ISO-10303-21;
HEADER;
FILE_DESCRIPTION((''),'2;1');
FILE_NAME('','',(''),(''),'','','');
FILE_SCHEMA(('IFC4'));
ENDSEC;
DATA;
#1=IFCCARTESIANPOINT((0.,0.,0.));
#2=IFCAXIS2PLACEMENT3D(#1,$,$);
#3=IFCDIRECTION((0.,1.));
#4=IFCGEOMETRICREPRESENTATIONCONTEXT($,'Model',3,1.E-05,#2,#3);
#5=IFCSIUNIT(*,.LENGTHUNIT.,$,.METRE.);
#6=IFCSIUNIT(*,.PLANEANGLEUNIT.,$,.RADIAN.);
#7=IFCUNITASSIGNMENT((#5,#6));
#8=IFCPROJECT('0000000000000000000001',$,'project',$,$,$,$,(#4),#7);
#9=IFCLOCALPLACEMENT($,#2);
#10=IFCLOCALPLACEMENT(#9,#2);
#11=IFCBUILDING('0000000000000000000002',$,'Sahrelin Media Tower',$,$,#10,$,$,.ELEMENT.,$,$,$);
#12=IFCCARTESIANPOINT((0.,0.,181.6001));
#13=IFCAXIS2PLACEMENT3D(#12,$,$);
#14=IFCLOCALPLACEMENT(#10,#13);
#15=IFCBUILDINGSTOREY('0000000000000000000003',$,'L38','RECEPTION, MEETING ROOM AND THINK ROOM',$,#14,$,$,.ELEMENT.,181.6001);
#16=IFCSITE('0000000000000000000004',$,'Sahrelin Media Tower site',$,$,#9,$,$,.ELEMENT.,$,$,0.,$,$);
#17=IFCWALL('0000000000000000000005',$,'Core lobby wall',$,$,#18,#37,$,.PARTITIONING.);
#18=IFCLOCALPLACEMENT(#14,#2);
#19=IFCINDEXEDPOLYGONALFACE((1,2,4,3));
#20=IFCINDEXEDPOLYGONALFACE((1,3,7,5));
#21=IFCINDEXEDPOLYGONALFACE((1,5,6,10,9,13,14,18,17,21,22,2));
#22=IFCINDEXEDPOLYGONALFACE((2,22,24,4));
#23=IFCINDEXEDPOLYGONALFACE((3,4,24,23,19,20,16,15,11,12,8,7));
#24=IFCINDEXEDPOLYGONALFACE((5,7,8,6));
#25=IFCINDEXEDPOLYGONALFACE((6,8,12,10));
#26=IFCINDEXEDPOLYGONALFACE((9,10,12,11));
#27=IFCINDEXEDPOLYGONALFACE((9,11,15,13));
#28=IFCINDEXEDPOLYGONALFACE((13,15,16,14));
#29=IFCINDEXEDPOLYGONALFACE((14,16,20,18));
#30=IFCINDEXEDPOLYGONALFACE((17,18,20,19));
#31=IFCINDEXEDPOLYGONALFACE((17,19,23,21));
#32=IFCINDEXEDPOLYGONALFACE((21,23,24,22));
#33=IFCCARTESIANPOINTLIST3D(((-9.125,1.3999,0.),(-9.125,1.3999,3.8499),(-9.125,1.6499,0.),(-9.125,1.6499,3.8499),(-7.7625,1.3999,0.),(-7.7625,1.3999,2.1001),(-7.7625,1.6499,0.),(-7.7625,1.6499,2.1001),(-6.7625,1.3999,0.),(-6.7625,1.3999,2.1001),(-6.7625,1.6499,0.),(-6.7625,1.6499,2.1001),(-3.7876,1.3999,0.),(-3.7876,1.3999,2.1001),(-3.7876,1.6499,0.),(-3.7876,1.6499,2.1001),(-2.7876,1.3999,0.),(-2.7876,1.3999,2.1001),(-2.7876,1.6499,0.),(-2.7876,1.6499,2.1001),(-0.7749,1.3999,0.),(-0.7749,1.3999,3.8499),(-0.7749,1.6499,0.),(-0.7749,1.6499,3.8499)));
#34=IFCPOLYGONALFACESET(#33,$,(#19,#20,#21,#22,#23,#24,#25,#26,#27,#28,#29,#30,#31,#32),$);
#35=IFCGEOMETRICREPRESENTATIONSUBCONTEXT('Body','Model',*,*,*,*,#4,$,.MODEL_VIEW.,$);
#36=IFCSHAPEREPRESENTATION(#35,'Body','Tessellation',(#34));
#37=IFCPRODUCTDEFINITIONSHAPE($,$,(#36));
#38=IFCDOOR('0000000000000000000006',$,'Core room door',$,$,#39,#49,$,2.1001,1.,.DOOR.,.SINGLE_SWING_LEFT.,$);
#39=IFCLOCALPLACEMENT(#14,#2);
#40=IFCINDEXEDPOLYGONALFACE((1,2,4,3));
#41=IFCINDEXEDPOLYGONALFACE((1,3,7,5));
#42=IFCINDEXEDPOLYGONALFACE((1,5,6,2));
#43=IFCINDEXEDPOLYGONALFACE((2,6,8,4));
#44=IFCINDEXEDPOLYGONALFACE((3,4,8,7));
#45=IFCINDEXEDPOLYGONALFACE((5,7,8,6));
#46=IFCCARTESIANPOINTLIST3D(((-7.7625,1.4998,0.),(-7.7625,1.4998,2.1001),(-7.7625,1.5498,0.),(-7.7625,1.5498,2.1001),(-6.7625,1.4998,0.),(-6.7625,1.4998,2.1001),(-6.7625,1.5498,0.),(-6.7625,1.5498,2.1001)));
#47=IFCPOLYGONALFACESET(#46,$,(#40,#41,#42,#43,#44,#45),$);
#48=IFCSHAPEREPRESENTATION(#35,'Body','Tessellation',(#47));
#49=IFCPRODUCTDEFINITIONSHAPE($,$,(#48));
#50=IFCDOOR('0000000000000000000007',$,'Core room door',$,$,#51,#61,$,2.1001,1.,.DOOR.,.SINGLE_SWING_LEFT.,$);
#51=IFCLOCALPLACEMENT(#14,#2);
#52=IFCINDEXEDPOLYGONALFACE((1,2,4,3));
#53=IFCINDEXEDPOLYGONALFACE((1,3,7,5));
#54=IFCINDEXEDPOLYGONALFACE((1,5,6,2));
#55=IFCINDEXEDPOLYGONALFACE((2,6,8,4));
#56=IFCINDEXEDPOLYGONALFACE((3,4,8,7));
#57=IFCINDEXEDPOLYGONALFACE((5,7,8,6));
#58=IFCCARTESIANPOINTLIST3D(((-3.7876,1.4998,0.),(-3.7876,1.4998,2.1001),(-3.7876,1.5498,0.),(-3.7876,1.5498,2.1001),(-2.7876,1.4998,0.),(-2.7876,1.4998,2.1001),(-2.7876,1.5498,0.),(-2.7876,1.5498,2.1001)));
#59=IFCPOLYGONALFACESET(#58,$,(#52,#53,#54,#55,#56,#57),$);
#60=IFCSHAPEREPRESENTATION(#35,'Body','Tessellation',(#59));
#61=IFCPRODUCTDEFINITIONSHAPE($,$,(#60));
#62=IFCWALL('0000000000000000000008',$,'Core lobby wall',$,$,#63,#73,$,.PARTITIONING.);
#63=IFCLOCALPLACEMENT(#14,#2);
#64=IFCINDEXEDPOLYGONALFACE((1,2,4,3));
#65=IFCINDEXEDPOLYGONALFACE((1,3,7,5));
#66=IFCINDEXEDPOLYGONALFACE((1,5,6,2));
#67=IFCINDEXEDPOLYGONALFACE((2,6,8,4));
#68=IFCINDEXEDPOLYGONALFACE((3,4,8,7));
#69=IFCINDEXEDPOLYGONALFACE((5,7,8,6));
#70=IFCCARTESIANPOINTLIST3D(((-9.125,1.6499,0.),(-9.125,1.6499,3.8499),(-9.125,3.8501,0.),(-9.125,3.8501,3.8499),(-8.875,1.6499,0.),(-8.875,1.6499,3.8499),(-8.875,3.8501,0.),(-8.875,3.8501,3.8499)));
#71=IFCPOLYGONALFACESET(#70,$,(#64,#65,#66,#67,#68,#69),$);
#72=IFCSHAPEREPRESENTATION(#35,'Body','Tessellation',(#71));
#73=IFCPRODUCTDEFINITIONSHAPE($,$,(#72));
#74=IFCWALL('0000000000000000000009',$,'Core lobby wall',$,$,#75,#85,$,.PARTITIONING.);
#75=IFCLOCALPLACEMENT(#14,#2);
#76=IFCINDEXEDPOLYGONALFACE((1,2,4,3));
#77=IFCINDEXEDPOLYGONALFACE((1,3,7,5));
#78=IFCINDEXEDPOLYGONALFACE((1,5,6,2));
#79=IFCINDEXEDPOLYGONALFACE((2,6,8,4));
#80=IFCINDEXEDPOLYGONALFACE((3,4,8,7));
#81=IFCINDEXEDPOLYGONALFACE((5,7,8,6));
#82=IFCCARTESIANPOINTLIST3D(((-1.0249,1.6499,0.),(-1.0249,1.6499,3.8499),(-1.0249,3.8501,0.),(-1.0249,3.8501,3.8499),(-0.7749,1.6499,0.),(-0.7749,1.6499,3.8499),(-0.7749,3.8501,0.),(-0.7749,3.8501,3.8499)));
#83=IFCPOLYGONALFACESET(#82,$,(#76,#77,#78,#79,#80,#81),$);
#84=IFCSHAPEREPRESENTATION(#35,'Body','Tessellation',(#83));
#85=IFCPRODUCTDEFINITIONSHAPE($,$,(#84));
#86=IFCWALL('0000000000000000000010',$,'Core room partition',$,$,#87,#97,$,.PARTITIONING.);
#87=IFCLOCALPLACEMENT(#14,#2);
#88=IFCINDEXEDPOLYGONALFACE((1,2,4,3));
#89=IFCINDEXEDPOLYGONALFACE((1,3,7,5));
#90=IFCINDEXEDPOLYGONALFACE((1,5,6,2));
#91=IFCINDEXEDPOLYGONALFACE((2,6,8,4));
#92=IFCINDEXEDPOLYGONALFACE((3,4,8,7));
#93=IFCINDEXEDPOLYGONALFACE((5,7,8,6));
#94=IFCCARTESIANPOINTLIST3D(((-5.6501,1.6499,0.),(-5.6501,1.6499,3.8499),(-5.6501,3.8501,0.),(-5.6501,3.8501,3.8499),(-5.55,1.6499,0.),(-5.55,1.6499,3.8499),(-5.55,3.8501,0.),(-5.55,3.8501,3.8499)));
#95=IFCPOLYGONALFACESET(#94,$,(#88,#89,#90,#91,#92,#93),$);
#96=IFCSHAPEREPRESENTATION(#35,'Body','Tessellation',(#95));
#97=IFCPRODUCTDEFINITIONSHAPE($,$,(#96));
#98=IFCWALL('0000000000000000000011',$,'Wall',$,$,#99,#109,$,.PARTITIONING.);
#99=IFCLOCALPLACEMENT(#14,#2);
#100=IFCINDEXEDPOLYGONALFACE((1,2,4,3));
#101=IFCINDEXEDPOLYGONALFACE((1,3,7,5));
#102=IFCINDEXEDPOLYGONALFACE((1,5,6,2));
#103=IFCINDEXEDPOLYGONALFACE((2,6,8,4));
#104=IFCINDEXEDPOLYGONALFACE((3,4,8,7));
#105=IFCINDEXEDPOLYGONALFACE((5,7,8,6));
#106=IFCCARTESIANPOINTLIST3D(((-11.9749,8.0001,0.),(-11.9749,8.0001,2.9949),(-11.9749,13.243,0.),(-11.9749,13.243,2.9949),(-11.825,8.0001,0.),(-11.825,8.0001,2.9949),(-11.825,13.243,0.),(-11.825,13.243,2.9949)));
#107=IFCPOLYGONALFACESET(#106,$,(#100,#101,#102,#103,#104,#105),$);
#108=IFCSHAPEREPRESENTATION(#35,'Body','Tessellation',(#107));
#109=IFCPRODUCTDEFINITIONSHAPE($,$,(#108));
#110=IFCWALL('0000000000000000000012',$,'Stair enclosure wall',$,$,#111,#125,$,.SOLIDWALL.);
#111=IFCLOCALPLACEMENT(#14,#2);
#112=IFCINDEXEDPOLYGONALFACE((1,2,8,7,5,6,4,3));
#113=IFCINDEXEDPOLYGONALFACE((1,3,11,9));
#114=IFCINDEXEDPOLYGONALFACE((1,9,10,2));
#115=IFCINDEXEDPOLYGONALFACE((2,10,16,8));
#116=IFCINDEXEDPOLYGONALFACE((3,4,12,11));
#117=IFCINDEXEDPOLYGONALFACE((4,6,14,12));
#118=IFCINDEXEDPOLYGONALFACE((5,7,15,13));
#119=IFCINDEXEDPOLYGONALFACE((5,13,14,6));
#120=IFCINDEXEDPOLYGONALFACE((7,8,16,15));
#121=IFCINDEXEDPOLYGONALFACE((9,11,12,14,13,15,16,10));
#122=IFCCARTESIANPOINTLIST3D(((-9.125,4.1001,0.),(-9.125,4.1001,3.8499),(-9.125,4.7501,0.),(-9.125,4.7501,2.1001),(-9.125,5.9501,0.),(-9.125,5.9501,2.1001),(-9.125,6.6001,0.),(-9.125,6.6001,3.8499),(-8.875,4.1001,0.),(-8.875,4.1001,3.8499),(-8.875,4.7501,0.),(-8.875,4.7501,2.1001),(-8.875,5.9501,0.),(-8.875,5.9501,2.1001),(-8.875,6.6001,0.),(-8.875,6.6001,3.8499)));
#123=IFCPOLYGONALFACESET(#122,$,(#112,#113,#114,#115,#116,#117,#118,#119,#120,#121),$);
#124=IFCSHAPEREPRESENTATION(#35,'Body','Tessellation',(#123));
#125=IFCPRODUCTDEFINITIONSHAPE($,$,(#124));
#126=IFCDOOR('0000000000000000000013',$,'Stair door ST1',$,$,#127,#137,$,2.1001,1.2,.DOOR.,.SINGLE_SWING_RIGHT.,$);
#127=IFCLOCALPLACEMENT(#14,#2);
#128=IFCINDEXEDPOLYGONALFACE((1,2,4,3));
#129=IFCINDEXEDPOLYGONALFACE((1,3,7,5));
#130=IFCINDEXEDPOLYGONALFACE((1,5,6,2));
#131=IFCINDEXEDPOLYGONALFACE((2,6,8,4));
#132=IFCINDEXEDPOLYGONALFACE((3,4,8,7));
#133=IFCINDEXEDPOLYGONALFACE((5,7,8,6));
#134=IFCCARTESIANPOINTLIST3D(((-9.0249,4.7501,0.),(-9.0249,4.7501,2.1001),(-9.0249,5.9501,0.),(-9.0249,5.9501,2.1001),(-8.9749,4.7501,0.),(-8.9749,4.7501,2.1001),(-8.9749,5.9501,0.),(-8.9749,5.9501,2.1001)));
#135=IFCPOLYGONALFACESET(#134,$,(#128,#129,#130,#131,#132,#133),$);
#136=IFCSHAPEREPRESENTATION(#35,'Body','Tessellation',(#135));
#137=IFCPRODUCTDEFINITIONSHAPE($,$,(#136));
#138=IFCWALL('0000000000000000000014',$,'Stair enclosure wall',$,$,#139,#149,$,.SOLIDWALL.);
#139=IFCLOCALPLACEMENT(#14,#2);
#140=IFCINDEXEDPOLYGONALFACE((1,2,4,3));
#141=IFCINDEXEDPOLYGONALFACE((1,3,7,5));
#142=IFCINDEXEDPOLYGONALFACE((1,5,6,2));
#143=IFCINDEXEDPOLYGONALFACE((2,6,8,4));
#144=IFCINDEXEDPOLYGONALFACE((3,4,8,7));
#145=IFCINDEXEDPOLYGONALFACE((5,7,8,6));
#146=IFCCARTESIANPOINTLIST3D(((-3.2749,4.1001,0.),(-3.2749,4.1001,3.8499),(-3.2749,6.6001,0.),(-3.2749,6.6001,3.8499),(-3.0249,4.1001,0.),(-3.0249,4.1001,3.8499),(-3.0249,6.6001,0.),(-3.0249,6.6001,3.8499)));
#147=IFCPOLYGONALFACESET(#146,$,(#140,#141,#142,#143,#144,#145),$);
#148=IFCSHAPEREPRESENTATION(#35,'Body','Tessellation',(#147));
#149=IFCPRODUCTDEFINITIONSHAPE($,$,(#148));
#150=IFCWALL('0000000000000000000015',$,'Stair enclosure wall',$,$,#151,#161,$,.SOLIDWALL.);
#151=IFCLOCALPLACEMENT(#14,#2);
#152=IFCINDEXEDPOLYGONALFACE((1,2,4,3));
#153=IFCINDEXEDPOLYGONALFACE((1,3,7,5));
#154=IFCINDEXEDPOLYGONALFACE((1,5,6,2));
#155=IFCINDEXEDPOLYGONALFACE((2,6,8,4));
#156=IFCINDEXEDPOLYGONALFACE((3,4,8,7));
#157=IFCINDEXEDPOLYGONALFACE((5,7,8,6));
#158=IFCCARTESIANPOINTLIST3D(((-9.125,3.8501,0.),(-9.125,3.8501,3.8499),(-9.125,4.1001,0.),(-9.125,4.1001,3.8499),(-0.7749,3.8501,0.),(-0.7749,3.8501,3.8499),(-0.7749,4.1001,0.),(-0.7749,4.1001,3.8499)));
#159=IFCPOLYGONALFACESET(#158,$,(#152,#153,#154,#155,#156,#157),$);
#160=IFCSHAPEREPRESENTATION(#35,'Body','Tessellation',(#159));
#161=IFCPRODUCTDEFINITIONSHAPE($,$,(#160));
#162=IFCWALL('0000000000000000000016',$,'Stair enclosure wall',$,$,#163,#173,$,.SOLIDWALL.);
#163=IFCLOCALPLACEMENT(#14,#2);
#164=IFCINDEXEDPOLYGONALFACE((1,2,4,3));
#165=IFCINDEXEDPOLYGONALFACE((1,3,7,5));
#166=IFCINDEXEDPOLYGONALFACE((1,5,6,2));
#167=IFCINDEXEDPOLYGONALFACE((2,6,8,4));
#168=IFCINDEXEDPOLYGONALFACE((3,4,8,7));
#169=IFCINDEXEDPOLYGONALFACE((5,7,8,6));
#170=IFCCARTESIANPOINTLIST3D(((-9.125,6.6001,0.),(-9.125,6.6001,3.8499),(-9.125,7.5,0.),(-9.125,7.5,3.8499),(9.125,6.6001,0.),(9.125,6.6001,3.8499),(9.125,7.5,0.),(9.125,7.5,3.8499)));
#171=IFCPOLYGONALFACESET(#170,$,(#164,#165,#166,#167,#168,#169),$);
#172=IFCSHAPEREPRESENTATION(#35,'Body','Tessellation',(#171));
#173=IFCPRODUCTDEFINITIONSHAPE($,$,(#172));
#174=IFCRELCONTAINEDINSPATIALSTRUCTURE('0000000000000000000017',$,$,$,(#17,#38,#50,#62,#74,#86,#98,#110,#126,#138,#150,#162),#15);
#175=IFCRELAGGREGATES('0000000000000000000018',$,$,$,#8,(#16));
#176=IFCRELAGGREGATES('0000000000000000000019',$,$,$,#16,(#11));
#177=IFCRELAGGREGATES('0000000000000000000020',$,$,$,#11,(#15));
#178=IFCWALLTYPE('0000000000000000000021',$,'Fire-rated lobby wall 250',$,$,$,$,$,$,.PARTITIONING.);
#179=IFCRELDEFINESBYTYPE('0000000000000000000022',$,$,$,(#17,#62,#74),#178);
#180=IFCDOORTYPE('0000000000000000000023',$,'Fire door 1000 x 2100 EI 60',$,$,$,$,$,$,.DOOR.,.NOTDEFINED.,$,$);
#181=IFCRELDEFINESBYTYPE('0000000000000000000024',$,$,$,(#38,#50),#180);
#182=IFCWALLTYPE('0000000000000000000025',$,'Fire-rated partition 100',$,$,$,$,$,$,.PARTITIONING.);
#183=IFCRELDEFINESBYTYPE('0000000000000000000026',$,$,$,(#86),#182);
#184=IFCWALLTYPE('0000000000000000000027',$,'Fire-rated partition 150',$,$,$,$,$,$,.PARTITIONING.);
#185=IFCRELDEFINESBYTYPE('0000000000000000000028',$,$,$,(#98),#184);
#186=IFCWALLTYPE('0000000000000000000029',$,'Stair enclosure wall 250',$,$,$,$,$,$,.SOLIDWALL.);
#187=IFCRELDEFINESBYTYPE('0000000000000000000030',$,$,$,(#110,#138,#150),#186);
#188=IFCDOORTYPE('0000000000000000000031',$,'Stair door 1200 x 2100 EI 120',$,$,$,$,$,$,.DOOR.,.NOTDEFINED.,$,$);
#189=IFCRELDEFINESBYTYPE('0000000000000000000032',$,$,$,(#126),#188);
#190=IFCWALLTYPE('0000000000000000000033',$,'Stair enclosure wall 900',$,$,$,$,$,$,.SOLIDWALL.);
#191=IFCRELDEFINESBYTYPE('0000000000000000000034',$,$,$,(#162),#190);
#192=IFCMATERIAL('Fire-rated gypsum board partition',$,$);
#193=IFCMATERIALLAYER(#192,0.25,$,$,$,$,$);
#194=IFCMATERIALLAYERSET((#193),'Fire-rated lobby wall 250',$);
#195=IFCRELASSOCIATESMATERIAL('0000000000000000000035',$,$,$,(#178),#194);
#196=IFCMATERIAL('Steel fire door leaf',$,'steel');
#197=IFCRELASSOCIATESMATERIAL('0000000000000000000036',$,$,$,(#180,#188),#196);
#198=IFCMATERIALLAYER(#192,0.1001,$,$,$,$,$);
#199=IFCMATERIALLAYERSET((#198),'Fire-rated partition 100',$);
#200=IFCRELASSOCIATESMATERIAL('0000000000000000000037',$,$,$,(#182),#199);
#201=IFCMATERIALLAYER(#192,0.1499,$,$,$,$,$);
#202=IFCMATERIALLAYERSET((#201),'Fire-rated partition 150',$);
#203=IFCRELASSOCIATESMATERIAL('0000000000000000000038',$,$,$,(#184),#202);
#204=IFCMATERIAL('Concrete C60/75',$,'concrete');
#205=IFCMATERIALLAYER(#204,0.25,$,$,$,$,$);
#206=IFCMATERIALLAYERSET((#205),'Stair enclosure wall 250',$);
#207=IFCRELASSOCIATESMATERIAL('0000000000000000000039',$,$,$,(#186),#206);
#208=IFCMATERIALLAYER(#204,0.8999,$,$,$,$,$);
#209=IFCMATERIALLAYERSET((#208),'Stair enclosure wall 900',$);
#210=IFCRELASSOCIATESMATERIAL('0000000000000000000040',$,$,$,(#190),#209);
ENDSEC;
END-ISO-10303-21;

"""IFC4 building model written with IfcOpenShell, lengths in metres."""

from ifc_helpers import new_model, si_unit, direction, frame, frame_2d, origin, place, context, subcontext, project, spatial, rectangle, extrude, material, layer, layer_set, type_object, element, fill, save


model = new_model("IFC4")

# Units and contexts
model_context = context("Model", 3, precision=1e-05, world=origin(), true_north=direction((0.0, 1.0)))
body_context = subcontext(model_context, "Body", "Model", "MODEL_VIEW")
ifc_project = project(units=[si_unit("LENGTHUNIT", "METRE"), si_unit("PLANEANGLEUNIT", "RADIAN")], contexts=[model_context])

# Site, building, storey
site_placement = place(None, origin())
site = spatial("IfcSite", under=ifc_project, at=site_placement, Name="Sahrelin Media Tower site", CompositionType="ELEMENT", RefElevation=0.0)
building_placement = place(site_placement, origin())
building = spatial("IfcBuilding", under=site, at=building_placement, Name="Sahrelin Media Tower", CompositionType="ELEMENT")
storey_placement = place(building_placement, frame((0.0, 0.0, 181.6001)))
storey = spatial("IfcBuildingStorey", under=building, at=storey_placement, Name="L38", Description="RECEPTION, MEETING ROOM AND THINK ROOM", CompositionType="ELEMENT", Elevation=181.6001)

# Shared definitions
ifc_material_1 = material(Name="Concrete C60/75", Category="concrete")
ifc_material_2 = material(Name="Steel fire door leaf", Category="steel")

# Shared definitions
ifc_material_3 = material(Name="Fire-rated gypsum board partition")
ifc_layer_1 = layer(ifc_material_3, 0.25)
ifc_layer_set_1 = layer_set([ifc_layer_1], Name="Fire-rated lobby wall 250")
wall_type_1 = type_object("IfcWallType", Name="Fire-rated lobby wall 250", PredefinedType="PARTITIONING", material=ifc_layer_set_1)

# Wall, openings, doors
wall_1_placement = place(storey_placement, frame((-9.125, 1.5249, 0.0), z_axis=(0.0, 0.0, 1.0), x_axis=(1.0, 0.0, 0.0)))
wall_1 = element("IfcWall", 1, at=wall_1_placement, inside=storey, type_object=wall_type_1, Name="Core lobby wall", PredefinedType="PARTITIONING", context=body_context, shape_type="SweptSolid", body=[
    extrude(rectangle(XDim=8.3501, YDim=0.25, at=frame_2d((4.175, 0.0))), origin(), (0.0, 0.0, 1.0), 3.8499),
])
opening_1_placement = place(wall_1_placement, frame((1.3625, 0.0, 0.0)))
opening_1 = element("IfcOpeningElement", 2, at=opening_1_placement, cuts=wall_1, PredefinedType="OPENING", context=body_context, shape_type="SweptSolid", body=[
    extrude(rectangle(XDim=1.0, YDim=2.1001, at=frame_2d((0.5, 1.05))), frame((0.0, 0.125, 0.0), z_axis=(0.0, -1.0, 0.0), x_axis=(1.0, 0.0, 0.0)), (0.0, 0.0, 1.0), 0.25),
])
opening_2_placement = place(wall_1_placement, frame((5.3374, 0.0, 0.0)))
opening_2 = element("IfcOpeningElement", 3, at=opening_2_placement, cuts=wall_1, PredefinedType="OPENING", context=body_context, shape_type="SweptSolid", body=[
    extrude(rectangle(XDim=1.0, YDim=2.1001, at=frame_2d((0.5, 1.05))), frame((0.0, 0.125, 0.0), z_axis=(0.0, -1.0, 0.0), x_axis=(1.0, 0.0, 0.0)), (0.0, 0.0, 1.0), 0.25),
])
door_type_1 = type_object("IfcDoorType", Name="Fire door 1000 x 2100 EI 60", OperationType="NOTDEFINED", PredefinedType="DOOR", material=ifc_material_2)
door_1_placement = place(opening_1_placement, origin())
door_1 = element("IfcDoor", 4, at=door_1_placement, inside=storey, type_object=door_type_1, Name="Core room door", OperationType="SINGLE_SWING_LEFT", OverallHeight=2.1001, OverallWidth=1.0, PredefinedType="DOOR", context=body_context, shape_type="SweptSolid", body=[
    extrude(rectangle(XDim=1.0, YDim=2.1001, at=frame_2d((0.5, 1.05))), frame((0.0, 0.0249, 0.0), z_axis=(0.0, -1.0, 0.0), x_axis=(1.0, 0.0, 0.0)), (0.0, 0.0, 1.0), 0.05),
])
fill(opening_1, door_1)
door_2_placement = place(opening_2_placement, origin())
door_2 = element("IfcDoor", 5, at=door_2_placement, inside=storey, type_object=door_type_1, Name="Core room door", OperationType="SINGLE_SWING_LEFT", OverallHeight=2.1001, OverallWidth=1.0, PredefinedType="DOOR", context=body_context, shape_type="SweptSolid", body=[
    extrude(rectangle(XDim=1.0, YDim=2.1001, at=frame_2d((0.5, 1.05))), frame((0.0, 0.0249, 0.0), z_axis=(0.0, -1.0, 0.0), x_axis=(1.0, 0.0, 0.0)), (0.0, 0.0, 1.0), 0.05),
])
fill(opening_2, door_2)

# Walls
for number, where, z_axis, x_axis, name in (
    (6, (-9.0, 1.6499, 0.0), (0.0, 0.0, 1.0), (0.0, 1.0, 0.0), "Core lobby wall"),
    (7, (-0.8999, 1.6499, 0.0), (0.0, 0.0, 1.0), (0.0, 1.0, 0.0), "Core lobby wall"),
):
    element("IfcWall", number, at=place(storey_placement, frame(where, z_axis=z_axis, x_axis=x_axis)), inside=storey, type_object=wall_type_1, Name=name, PredefinedType="PARTITIONING", context=body_context, shape_type="SweptSolid", body=[
        extrude(rectangle(XDim=2.2002, YDim=0.25, at=frame_2d((1.1001, 0.0))), origin(), (0.0, 0.0, 1.0), 3.8499),
    ])
ifc_layer_2 = layer(ifc_material_3, 0.1001)
ifc_layer_set_2 = layer_set([ifc_layer_2], Name="Fire-rated partition 100")
wall_type_2 = type_object("IfcWallType", Name="Fire-rated partition 100", PredefinedType="PARTITIONING", material=ifc_layer_set_2)
wall_2_placement = place(storey_placement, frame((-5.6001, 1.6499, 0.0), z_axis=(0.0, 0.0, 1.0), x_axis=(0.0, 1.0, 0.0)))
element("IfcWall", 8, at=wall_2_placement, inside=storey, type_object=wall_type_2, Name="Core room partition", PredefinedType="PARTITIONING", context=body_context, shape_type="SweptSolid", body=[
    extrude(rectangle(XDim=2.2002, YDim=0.1001, at=frame_2d((1.1001, 0.0))), origin(), (0.0, 0.0, 1.0), 3.8499),
])
ifc_layer_3 = layer(ifc_material_3, 0.1499)
ifc_layer_set_3 = layer_set([ifc_layer_3], Name="Fire-rated partition 150")
wall_type_3 = type_object("IfcWallType", Name="Fire-rated partition 150", PredefinedType="PARTITIONING", material=ifc_layer_set_3)
wall_3_placement = place(storey_placement, frame((-11.8999, 8.0, 0.0), z_axis=(0.0, 0.0, 1.0), x_axis=(0.0, 1.0, 0.0)))
element("IfcWall", 9, at=wall_3_placement, inside=storey, type_object=wall_type_3, Name="Wall", PredefinedType="PARTITIONING", context=body_context, shape_type="SweptSolid", body=[
    extrude(rectangle(XDim=5.2429, YDim=0.1499, at=frame_2d((2.6216, 0.0))), origin(), (0.0, 0.0, 1.0), 2.9949),
])

# Wall, opening, door
ifc_layer_4 = layer(ifc_material_1, 0.25)
ifc_layer_set_4 = layer_set([ifc_layer_4], Name="Stair enclosure wall 250")
wall_type_4 = type_object("IfcWallType", Name="Stair enclosure wall 250", PredefinedType="SOLIDWALL", material=ifc_layer_set_4)
wall_4_placement = place(storey_placement, frame((-9.0, 4.1001, 0.0), z_axis=(0.0, 0.0, 1.0), x_axis=(0.0, 1.0, 0.0)))
wall_4 = element("IfcWall", 10, at=wall_4_placement, inside=storey, type_object=wall_type_4, Name="Stair enclosure wall", PredefinedType="SOLIDWALL", context=body_context, shape_type="SweptSolid", body=[
    extrude(rectangle(XDim=2.5, YDim=0.25, at=frame_2d((1.25, 0.0))), origin(), (0.0, 0.0, 1.0), 3.8499),
])
opening_3_placement = place(wall_4_placement, frame((0.6499, 0.0, 0.0)))
opening_3 = element("IfcOpeningElement", 11, at=opening_3_placement, cuts=wall_4, PredefinedType="OPENING", context=body_context, shape_type="SweptSolid", body=[
    extrude(rectangle(XDim=1.2, YDim=2.1001, at=frame_2d((0.6001, 1.05))), frame((0.0, 0.125, 0.0), z_axis=(0.0, -1.0, 0.0), x_axis=(1.0, 0.0, 0.0)), (0.0, 0.0, 1.0), 0.25),
])
door_type_2 = type_object("IfcDoorType", Name="Stair door 1200 x 2100 EI 120", OperationType="NOTDEFINED", PredefinedType="DOOR", material=ifc_material_2)
door_3_placement = place(opening_3_placement, origin())
door_3 = element("IfcDoor", 12, at=door_3_placement, inside=storey, type_object=door_type_2, Name="Stair door ST1", OperationType="SINGLE_SWING_RIGHT", OverallHeight=2.1001, OverallWidth=1.2, PredefinedType="DOOR", context=body_context, shape_type="SweptSolid", body=[
    extrude(rectangle(XDim=1.2, YDim=2.1001, at=frame_2d((0.6001, 1.05))), frame((0.0, 0.0249, 0.0), z_axis=(0.0, -1.0, 0.0), x_axis=(1.0, 0.0, 0.0)), (0.0, 0.0, 1.0), 0.05),
])
fill(opening_3, door_3)

# Walls
wall_5_placement = place(storey_placement, frame((-3.1499, 4.1001, 0.0), z_axis=(0.0, 0.0, 1.0), x_axis=(0.0, 1.0, 0.0)))
element("IfcWall", 13, at=wall_5_placement, inside=storey, type_object=wall_type_4, Name="Stair enclosure wall", PredefinedType="SOLIDWALL", context=body_context, shape_type="SweptSolid", body=[
    extrude(rectangle(XDim=2.5, YDim=0.25, at=frame_2d((1.25, 0.0))), origin(), (0.0, 0.0, 1.0), 3.8499),
])
wall_6_placement = place(storey_placement, frame((-9.125, 3.9751, 0.0), z_axis=(0.0, 0.0, 1.0), x_axis=(1.0, 0.0, 0.0)))
element("IfcWall", 14, at=wall_6_placement, inside=storey, type_object=wall_type_4, Name="Stair enclosure wall", PredefinedType="SOLIDWALL", context=body_context, shape_type="SweptSolid", body=[
    extrude(rectangle(XDim=8.3501, YDim=0.25, at=frame_2d((4.175, 0.0))), origin(), (0.0, 0.0, 1.0), 3.8499),
])
ifc_layer_5 = layer(ifc_material_1, 0.8999)
ifc_layer_set_5 = layer_set([ifc_layer_5], Name="Stair enclosure wall 900")
wall_type_5 = type_object("IfcWallType", Name="Stair enclosure wall 900", PredefinedType="SOLIDWALL", material=ifc_layer_set_5)
wall_7_placement = place(storey_placement, frame((-9.125, 7.05, 0.0), z_axis=(0.0, 0.0, 1.0), x_axis=(1.0, 0.0, 0.0)))
element("IfcWall", 15, at=wall_7_placement, inside=storey, type_object=wall_type_5, Name="Stair enclosure wall", PredefinedType="SOLIDWALL", context=body_context, shape_type="SweptSolid", body=[
    extrude(rectangle(XDim=18.25, YDim=0.8999, at=frame_2d((9.125, 0.0))), origin(), (0.0, 0.0, 1.0), 3.8499),
])

save(model, "model.ifc")
